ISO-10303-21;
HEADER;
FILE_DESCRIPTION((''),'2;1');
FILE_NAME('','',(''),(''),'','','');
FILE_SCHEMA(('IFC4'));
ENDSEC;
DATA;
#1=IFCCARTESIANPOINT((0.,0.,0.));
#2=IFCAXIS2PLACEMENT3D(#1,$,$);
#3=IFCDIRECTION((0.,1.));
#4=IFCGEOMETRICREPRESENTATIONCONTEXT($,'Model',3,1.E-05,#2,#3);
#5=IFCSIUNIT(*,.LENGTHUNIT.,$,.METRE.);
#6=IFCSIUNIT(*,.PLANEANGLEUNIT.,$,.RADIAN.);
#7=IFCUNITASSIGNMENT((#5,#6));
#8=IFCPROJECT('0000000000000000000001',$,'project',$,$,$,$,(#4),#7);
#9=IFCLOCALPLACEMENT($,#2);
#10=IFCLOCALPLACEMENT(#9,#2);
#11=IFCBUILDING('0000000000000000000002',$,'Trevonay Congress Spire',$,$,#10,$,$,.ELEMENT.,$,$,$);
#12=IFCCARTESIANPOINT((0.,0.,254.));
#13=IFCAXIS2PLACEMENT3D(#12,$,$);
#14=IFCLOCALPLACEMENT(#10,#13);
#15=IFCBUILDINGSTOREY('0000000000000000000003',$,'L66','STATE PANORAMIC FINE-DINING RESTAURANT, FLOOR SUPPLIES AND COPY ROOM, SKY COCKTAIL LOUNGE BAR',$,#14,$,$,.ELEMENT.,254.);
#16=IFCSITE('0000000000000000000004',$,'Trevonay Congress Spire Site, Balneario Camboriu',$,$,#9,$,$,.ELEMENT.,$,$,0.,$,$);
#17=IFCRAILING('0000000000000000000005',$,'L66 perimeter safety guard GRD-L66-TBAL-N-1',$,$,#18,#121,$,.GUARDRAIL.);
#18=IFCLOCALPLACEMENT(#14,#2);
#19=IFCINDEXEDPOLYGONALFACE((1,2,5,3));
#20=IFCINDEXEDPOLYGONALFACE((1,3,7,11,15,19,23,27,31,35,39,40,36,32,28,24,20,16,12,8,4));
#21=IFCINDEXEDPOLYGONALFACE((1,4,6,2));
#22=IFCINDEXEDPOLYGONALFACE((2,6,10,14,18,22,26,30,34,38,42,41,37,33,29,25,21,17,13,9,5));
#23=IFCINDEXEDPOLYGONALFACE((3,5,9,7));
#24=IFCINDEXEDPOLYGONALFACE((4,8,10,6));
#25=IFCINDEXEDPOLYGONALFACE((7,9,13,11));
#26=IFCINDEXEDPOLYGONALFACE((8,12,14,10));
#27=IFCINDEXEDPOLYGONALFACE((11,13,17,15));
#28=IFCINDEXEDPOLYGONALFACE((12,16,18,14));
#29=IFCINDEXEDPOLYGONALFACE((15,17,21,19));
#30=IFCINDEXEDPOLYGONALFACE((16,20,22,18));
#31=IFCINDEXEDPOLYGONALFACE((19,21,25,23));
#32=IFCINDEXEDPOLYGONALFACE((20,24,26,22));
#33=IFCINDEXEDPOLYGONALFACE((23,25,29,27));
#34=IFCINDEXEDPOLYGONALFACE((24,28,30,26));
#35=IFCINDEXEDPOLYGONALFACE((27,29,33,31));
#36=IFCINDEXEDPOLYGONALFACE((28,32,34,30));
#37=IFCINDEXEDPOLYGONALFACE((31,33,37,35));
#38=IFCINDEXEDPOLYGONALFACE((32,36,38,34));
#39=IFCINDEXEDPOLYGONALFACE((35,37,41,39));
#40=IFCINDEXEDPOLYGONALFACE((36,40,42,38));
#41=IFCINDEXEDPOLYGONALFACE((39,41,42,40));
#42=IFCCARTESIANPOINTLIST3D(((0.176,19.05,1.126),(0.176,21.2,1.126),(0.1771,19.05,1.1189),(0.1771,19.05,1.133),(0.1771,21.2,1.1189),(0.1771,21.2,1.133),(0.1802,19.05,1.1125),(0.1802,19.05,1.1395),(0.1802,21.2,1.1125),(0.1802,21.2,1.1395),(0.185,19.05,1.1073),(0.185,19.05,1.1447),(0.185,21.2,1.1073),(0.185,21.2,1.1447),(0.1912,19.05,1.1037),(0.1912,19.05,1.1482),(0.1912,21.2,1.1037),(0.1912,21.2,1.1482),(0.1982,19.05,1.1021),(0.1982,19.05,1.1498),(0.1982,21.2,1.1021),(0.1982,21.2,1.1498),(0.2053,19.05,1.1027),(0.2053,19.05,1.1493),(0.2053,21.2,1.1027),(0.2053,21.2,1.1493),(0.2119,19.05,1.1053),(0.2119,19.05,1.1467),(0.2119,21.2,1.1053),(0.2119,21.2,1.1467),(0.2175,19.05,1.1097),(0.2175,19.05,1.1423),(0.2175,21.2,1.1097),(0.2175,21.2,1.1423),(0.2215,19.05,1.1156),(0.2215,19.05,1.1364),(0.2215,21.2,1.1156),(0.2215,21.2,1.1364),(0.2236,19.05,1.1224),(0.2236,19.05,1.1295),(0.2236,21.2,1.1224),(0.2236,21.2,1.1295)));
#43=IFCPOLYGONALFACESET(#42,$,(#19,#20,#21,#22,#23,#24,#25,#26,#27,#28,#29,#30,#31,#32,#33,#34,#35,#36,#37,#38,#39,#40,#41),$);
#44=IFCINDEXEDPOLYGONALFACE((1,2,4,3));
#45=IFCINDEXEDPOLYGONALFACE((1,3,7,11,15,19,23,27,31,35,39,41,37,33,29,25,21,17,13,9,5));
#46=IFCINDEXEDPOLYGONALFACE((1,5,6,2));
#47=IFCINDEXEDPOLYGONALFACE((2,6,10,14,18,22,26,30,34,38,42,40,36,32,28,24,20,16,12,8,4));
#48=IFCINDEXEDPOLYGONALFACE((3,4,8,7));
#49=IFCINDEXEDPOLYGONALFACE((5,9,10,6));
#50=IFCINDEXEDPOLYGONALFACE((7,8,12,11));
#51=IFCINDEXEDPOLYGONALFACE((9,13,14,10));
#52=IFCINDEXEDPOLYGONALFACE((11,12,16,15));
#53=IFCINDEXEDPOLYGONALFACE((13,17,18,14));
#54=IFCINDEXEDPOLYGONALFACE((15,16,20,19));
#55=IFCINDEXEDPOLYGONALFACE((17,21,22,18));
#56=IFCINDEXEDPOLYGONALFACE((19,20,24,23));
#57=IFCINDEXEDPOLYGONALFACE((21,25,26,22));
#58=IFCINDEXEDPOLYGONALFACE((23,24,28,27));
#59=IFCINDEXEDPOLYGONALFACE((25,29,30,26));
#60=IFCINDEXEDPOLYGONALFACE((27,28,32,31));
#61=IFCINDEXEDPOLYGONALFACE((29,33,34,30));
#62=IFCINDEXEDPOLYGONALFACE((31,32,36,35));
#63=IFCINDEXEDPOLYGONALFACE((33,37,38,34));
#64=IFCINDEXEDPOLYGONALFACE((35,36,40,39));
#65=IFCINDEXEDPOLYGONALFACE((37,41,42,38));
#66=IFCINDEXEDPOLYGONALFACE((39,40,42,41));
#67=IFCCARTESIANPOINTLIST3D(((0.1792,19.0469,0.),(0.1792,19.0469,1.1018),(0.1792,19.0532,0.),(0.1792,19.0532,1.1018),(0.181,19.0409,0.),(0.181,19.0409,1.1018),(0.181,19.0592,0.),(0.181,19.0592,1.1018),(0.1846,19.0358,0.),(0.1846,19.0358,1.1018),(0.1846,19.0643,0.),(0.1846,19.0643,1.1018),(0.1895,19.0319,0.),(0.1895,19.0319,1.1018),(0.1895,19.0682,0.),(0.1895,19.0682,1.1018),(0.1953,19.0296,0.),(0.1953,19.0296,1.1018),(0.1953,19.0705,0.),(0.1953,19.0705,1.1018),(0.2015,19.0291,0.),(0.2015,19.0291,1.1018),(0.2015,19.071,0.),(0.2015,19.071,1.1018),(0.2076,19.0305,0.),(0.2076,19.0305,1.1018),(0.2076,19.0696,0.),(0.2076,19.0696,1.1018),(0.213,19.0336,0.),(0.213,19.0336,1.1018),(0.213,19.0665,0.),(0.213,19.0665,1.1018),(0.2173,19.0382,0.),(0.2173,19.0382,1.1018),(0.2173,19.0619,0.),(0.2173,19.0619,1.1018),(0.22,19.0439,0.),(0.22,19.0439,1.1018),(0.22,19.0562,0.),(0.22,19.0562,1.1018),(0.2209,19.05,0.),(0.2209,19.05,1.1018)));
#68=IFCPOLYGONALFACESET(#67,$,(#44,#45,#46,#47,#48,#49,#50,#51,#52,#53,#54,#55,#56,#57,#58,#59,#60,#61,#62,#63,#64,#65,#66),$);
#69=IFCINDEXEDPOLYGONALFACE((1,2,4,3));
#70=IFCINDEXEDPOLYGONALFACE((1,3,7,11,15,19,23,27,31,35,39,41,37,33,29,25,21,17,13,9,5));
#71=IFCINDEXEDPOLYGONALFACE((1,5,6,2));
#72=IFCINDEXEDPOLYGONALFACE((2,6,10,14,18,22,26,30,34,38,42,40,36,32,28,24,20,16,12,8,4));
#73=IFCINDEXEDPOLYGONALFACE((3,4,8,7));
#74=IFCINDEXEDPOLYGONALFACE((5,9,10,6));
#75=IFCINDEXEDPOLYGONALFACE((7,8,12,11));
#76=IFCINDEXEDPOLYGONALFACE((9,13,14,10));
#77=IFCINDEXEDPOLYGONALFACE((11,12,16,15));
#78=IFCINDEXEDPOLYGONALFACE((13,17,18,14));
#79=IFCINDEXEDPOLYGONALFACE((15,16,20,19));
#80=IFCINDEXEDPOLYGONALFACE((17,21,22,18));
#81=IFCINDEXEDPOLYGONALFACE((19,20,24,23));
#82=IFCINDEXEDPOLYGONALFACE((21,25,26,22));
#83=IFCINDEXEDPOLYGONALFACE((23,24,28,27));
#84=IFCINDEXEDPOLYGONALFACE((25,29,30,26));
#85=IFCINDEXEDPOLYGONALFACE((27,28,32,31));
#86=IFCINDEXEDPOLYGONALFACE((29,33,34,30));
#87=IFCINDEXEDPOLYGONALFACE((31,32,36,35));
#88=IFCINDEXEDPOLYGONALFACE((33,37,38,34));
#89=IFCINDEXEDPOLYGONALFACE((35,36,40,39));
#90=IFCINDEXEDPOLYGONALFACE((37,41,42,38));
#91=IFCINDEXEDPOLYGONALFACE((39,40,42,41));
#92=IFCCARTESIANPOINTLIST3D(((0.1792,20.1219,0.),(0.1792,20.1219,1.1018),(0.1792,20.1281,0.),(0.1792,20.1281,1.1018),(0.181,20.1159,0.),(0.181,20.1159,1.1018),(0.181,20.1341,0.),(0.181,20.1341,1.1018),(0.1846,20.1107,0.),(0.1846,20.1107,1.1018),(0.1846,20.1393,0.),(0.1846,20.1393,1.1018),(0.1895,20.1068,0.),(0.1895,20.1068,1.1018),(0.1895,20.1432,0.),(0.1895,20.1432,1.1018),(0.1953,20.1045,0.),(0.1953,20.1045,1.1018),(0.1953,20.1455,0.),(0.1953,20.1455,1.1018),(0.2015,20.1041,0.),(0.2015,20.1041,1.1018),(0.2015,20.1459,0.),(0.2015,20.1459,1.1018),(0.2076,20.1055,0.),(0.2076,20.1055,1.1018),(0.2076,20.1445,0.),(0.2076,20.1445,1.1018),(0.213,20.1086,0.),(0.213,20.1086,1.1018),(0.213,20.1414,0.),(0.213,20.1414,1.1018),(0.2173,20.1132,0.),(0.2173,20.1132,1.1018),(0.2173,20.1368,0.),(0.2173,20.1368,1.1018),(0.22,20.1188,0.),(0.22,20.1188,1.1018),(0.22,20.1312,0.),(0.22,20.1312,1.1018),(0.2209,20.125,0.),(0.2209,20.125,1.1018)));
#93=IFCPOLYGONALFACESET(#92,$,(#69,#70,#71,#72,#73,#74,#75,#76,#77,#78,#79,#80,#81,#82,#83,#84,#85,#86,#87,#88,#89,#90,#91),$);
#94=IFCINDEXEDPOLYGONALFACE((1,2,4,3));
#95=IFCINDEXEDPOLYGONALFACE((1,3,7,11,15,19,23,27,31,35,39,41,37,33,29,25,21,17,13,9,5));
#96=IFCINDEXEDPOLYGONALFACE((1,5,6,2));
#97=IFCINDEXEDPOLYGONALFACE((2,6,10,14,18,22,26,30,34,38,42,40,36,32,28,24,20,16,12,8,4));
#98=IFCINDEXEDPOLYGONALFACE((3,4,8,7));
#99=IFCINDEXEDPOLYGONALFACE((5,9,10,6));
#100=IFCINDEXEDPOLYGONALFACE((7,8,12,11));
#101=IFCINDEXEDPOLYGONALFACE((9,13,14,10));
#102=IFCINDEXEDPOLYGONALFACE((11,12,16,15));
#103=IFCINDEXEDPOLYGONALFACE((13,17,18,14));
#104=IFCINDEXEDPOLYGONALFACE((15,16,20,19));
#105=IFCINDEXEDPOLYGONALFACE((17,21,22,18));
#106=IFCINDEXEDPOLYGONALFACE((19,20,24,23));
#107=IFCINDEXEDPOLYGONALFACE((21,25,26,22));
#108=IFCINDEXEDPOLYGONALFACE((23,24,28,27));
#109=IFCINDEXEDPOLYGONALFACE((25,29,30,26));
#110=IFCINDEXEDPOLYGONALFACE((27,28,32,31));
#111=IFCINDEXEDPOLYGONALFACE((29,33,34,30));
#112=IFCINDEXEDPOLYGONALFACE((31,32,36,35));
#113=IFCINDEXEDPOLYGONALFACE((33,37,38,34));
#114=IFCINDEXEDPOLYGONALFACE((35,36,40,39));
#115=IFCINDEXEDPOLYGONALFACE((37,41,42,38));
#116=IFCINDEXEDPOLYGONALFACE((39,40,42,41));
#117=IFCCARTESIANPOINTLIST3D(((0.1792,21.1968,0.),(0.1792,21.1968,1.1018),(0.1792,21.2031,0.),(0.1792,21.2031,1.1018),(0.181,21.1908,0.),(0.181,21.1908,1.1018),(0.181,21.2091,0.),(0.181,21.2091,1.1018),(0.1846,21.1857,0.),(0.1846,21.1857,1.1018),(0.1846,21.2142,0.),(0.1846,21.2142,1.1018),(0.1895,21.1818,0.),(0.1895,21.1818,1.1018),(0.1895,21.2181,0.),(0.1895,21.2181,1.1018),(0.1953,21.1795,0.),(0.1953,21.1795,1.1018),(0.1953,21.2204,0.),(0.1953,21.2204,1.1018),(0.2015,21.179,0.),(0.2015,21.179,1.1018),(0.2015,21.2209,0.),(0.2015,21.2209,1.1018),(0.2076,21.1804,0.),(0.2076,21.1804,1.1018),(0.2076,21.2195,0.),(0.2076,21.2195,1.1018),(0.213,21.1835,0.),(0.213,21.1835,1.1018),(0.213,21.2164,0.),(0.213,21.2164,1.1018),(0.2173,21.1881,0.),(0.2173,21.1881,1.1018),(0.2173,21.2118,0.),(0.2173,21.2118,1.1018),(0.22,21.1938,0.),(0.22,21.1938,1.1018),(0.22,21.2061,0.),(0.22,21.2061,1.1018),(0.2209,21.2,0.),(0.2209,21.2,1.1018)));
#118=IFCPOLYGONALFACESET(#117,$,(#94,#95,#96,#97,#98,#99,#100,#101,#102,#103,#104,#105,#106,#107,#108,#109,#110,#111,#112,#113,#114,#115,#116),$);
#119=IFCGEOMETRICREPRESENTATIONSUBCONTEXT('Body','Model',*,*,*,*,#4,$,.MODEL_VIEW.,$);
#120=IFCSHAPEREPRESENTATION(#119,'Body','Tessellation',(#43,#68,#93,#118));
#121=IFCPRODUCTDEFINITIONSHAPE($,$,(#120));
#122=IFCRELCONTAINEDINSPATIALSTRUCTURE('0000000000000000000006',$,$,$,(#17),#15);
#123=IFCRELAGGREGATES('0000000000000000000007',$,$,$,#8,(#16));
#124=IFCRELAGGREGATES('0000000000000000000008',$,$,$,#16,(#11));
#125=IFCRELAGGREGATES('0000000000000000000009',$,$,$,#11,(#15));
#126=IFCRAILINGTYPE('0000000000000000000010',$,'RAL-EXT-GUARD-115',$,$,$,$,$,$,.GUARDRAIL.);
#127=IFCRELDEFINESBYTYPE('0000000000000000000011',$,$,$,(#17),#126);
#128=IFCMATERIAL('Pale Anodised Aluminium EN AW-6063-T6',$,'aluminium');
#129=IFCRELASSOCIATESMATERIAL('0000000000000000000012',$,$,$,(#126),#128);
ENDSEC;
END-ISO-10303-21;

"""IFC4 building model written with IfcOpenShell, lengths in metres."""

from ifc_helpers import new_model, si_unit, direction, frame, origin, origin_2d, place, context, subcontext, project, spatial, circle, extrude, material, type_object, element, save


model = new_model("IFC4")

# Units and contexts
model_context = context("Model", 3, precision=1e-05, world=origin(), true_north=direction((0.0, 1.0)))
body_context = subcontext(model_context, "Body", "Model", "MODEL_VIEW")
ifc_project = project(units=[si_unit("LENGTHUNIT", "METRE"), si_unit("PLANEANGLEUNIT", "RADIAN")], contexts=[model_context])

# Site, building, storey
site_placement = place(None, origin())
site = spatial("IfcSite", under=ifc_project, at=site_placement, Name="Trevonay Congress Spire Site, Balneario Camboriu", CompositionType="ELEMENT", RefElevation=0.0)
building_placement = place(site_placement, origin())
building = spatial("IfcBuilding", under=site, at=building_placement, Name="Trevonay Congress Spire", CompositionType="ELEMENT")
storey_placement = place(building_placement, frame((0.0, 0.0, 254.0)))
storey = spatial("IfcBuildingStorey", under=building, at=storey_placement, Name="L66", Description="STATE PANORAMIC FINE-DINING RESTAURANT, FLOOR SUPPLIES AND COPY ROOM, SKY COCKTAIL LOUNGE BAR", CompositionType="ELEMENT", Elevation=254.0)

# Shared definitions
ifc_material_1 = material(Name="Pale Anodised Aluminium EN AW-6063-T6", Category="aluminium")

# Railing
railing_type = type_object("IfcRailingType", Name="RAL-EXT-GUARD-115", PredefinedType="GUARDRAIL", material=ifc_material_1)
railing_1_placement = place(storey_placement, frame((0.2, 19.05, 0.0)))
element("IfcRailing", 1, at=railing_1_placement, inside=storey, type_object=railing_type, Name="L66 perimeter safety guard GRD-L66-TBAL-N-1", PredefinedType="GUARDRAIL", context=body_context, shape_type="SweptSolid", body=[
    extrude(circle(Radius=0.0239, at=origin_2d()), frame((0.0, 0.0, 1.126), z_axis=(0.0, 1.0, 0.0), x_axis=(-1.0, 0.0, 0.0)), (0.0, 0.0, 1.0), 2.1499),
    extrude(circle(Radius=0.021, at=origin_2d()), origin(), (0.0, 0.0, 1.0), 1.1018),
    extrude(circle(Radius=0.021, at=origin_2d()), frame((0.0, 1.075, 0.0)), (0.0, 0.0, 1.0), 1.1018),
    extrude(circle(Radius=0.021, at=origin_2d()), frame((0.0, 2.1499, 0.0)), (0.0, 0.0, 1.0), 1.1018),
])

save(model, "model.ifc")
